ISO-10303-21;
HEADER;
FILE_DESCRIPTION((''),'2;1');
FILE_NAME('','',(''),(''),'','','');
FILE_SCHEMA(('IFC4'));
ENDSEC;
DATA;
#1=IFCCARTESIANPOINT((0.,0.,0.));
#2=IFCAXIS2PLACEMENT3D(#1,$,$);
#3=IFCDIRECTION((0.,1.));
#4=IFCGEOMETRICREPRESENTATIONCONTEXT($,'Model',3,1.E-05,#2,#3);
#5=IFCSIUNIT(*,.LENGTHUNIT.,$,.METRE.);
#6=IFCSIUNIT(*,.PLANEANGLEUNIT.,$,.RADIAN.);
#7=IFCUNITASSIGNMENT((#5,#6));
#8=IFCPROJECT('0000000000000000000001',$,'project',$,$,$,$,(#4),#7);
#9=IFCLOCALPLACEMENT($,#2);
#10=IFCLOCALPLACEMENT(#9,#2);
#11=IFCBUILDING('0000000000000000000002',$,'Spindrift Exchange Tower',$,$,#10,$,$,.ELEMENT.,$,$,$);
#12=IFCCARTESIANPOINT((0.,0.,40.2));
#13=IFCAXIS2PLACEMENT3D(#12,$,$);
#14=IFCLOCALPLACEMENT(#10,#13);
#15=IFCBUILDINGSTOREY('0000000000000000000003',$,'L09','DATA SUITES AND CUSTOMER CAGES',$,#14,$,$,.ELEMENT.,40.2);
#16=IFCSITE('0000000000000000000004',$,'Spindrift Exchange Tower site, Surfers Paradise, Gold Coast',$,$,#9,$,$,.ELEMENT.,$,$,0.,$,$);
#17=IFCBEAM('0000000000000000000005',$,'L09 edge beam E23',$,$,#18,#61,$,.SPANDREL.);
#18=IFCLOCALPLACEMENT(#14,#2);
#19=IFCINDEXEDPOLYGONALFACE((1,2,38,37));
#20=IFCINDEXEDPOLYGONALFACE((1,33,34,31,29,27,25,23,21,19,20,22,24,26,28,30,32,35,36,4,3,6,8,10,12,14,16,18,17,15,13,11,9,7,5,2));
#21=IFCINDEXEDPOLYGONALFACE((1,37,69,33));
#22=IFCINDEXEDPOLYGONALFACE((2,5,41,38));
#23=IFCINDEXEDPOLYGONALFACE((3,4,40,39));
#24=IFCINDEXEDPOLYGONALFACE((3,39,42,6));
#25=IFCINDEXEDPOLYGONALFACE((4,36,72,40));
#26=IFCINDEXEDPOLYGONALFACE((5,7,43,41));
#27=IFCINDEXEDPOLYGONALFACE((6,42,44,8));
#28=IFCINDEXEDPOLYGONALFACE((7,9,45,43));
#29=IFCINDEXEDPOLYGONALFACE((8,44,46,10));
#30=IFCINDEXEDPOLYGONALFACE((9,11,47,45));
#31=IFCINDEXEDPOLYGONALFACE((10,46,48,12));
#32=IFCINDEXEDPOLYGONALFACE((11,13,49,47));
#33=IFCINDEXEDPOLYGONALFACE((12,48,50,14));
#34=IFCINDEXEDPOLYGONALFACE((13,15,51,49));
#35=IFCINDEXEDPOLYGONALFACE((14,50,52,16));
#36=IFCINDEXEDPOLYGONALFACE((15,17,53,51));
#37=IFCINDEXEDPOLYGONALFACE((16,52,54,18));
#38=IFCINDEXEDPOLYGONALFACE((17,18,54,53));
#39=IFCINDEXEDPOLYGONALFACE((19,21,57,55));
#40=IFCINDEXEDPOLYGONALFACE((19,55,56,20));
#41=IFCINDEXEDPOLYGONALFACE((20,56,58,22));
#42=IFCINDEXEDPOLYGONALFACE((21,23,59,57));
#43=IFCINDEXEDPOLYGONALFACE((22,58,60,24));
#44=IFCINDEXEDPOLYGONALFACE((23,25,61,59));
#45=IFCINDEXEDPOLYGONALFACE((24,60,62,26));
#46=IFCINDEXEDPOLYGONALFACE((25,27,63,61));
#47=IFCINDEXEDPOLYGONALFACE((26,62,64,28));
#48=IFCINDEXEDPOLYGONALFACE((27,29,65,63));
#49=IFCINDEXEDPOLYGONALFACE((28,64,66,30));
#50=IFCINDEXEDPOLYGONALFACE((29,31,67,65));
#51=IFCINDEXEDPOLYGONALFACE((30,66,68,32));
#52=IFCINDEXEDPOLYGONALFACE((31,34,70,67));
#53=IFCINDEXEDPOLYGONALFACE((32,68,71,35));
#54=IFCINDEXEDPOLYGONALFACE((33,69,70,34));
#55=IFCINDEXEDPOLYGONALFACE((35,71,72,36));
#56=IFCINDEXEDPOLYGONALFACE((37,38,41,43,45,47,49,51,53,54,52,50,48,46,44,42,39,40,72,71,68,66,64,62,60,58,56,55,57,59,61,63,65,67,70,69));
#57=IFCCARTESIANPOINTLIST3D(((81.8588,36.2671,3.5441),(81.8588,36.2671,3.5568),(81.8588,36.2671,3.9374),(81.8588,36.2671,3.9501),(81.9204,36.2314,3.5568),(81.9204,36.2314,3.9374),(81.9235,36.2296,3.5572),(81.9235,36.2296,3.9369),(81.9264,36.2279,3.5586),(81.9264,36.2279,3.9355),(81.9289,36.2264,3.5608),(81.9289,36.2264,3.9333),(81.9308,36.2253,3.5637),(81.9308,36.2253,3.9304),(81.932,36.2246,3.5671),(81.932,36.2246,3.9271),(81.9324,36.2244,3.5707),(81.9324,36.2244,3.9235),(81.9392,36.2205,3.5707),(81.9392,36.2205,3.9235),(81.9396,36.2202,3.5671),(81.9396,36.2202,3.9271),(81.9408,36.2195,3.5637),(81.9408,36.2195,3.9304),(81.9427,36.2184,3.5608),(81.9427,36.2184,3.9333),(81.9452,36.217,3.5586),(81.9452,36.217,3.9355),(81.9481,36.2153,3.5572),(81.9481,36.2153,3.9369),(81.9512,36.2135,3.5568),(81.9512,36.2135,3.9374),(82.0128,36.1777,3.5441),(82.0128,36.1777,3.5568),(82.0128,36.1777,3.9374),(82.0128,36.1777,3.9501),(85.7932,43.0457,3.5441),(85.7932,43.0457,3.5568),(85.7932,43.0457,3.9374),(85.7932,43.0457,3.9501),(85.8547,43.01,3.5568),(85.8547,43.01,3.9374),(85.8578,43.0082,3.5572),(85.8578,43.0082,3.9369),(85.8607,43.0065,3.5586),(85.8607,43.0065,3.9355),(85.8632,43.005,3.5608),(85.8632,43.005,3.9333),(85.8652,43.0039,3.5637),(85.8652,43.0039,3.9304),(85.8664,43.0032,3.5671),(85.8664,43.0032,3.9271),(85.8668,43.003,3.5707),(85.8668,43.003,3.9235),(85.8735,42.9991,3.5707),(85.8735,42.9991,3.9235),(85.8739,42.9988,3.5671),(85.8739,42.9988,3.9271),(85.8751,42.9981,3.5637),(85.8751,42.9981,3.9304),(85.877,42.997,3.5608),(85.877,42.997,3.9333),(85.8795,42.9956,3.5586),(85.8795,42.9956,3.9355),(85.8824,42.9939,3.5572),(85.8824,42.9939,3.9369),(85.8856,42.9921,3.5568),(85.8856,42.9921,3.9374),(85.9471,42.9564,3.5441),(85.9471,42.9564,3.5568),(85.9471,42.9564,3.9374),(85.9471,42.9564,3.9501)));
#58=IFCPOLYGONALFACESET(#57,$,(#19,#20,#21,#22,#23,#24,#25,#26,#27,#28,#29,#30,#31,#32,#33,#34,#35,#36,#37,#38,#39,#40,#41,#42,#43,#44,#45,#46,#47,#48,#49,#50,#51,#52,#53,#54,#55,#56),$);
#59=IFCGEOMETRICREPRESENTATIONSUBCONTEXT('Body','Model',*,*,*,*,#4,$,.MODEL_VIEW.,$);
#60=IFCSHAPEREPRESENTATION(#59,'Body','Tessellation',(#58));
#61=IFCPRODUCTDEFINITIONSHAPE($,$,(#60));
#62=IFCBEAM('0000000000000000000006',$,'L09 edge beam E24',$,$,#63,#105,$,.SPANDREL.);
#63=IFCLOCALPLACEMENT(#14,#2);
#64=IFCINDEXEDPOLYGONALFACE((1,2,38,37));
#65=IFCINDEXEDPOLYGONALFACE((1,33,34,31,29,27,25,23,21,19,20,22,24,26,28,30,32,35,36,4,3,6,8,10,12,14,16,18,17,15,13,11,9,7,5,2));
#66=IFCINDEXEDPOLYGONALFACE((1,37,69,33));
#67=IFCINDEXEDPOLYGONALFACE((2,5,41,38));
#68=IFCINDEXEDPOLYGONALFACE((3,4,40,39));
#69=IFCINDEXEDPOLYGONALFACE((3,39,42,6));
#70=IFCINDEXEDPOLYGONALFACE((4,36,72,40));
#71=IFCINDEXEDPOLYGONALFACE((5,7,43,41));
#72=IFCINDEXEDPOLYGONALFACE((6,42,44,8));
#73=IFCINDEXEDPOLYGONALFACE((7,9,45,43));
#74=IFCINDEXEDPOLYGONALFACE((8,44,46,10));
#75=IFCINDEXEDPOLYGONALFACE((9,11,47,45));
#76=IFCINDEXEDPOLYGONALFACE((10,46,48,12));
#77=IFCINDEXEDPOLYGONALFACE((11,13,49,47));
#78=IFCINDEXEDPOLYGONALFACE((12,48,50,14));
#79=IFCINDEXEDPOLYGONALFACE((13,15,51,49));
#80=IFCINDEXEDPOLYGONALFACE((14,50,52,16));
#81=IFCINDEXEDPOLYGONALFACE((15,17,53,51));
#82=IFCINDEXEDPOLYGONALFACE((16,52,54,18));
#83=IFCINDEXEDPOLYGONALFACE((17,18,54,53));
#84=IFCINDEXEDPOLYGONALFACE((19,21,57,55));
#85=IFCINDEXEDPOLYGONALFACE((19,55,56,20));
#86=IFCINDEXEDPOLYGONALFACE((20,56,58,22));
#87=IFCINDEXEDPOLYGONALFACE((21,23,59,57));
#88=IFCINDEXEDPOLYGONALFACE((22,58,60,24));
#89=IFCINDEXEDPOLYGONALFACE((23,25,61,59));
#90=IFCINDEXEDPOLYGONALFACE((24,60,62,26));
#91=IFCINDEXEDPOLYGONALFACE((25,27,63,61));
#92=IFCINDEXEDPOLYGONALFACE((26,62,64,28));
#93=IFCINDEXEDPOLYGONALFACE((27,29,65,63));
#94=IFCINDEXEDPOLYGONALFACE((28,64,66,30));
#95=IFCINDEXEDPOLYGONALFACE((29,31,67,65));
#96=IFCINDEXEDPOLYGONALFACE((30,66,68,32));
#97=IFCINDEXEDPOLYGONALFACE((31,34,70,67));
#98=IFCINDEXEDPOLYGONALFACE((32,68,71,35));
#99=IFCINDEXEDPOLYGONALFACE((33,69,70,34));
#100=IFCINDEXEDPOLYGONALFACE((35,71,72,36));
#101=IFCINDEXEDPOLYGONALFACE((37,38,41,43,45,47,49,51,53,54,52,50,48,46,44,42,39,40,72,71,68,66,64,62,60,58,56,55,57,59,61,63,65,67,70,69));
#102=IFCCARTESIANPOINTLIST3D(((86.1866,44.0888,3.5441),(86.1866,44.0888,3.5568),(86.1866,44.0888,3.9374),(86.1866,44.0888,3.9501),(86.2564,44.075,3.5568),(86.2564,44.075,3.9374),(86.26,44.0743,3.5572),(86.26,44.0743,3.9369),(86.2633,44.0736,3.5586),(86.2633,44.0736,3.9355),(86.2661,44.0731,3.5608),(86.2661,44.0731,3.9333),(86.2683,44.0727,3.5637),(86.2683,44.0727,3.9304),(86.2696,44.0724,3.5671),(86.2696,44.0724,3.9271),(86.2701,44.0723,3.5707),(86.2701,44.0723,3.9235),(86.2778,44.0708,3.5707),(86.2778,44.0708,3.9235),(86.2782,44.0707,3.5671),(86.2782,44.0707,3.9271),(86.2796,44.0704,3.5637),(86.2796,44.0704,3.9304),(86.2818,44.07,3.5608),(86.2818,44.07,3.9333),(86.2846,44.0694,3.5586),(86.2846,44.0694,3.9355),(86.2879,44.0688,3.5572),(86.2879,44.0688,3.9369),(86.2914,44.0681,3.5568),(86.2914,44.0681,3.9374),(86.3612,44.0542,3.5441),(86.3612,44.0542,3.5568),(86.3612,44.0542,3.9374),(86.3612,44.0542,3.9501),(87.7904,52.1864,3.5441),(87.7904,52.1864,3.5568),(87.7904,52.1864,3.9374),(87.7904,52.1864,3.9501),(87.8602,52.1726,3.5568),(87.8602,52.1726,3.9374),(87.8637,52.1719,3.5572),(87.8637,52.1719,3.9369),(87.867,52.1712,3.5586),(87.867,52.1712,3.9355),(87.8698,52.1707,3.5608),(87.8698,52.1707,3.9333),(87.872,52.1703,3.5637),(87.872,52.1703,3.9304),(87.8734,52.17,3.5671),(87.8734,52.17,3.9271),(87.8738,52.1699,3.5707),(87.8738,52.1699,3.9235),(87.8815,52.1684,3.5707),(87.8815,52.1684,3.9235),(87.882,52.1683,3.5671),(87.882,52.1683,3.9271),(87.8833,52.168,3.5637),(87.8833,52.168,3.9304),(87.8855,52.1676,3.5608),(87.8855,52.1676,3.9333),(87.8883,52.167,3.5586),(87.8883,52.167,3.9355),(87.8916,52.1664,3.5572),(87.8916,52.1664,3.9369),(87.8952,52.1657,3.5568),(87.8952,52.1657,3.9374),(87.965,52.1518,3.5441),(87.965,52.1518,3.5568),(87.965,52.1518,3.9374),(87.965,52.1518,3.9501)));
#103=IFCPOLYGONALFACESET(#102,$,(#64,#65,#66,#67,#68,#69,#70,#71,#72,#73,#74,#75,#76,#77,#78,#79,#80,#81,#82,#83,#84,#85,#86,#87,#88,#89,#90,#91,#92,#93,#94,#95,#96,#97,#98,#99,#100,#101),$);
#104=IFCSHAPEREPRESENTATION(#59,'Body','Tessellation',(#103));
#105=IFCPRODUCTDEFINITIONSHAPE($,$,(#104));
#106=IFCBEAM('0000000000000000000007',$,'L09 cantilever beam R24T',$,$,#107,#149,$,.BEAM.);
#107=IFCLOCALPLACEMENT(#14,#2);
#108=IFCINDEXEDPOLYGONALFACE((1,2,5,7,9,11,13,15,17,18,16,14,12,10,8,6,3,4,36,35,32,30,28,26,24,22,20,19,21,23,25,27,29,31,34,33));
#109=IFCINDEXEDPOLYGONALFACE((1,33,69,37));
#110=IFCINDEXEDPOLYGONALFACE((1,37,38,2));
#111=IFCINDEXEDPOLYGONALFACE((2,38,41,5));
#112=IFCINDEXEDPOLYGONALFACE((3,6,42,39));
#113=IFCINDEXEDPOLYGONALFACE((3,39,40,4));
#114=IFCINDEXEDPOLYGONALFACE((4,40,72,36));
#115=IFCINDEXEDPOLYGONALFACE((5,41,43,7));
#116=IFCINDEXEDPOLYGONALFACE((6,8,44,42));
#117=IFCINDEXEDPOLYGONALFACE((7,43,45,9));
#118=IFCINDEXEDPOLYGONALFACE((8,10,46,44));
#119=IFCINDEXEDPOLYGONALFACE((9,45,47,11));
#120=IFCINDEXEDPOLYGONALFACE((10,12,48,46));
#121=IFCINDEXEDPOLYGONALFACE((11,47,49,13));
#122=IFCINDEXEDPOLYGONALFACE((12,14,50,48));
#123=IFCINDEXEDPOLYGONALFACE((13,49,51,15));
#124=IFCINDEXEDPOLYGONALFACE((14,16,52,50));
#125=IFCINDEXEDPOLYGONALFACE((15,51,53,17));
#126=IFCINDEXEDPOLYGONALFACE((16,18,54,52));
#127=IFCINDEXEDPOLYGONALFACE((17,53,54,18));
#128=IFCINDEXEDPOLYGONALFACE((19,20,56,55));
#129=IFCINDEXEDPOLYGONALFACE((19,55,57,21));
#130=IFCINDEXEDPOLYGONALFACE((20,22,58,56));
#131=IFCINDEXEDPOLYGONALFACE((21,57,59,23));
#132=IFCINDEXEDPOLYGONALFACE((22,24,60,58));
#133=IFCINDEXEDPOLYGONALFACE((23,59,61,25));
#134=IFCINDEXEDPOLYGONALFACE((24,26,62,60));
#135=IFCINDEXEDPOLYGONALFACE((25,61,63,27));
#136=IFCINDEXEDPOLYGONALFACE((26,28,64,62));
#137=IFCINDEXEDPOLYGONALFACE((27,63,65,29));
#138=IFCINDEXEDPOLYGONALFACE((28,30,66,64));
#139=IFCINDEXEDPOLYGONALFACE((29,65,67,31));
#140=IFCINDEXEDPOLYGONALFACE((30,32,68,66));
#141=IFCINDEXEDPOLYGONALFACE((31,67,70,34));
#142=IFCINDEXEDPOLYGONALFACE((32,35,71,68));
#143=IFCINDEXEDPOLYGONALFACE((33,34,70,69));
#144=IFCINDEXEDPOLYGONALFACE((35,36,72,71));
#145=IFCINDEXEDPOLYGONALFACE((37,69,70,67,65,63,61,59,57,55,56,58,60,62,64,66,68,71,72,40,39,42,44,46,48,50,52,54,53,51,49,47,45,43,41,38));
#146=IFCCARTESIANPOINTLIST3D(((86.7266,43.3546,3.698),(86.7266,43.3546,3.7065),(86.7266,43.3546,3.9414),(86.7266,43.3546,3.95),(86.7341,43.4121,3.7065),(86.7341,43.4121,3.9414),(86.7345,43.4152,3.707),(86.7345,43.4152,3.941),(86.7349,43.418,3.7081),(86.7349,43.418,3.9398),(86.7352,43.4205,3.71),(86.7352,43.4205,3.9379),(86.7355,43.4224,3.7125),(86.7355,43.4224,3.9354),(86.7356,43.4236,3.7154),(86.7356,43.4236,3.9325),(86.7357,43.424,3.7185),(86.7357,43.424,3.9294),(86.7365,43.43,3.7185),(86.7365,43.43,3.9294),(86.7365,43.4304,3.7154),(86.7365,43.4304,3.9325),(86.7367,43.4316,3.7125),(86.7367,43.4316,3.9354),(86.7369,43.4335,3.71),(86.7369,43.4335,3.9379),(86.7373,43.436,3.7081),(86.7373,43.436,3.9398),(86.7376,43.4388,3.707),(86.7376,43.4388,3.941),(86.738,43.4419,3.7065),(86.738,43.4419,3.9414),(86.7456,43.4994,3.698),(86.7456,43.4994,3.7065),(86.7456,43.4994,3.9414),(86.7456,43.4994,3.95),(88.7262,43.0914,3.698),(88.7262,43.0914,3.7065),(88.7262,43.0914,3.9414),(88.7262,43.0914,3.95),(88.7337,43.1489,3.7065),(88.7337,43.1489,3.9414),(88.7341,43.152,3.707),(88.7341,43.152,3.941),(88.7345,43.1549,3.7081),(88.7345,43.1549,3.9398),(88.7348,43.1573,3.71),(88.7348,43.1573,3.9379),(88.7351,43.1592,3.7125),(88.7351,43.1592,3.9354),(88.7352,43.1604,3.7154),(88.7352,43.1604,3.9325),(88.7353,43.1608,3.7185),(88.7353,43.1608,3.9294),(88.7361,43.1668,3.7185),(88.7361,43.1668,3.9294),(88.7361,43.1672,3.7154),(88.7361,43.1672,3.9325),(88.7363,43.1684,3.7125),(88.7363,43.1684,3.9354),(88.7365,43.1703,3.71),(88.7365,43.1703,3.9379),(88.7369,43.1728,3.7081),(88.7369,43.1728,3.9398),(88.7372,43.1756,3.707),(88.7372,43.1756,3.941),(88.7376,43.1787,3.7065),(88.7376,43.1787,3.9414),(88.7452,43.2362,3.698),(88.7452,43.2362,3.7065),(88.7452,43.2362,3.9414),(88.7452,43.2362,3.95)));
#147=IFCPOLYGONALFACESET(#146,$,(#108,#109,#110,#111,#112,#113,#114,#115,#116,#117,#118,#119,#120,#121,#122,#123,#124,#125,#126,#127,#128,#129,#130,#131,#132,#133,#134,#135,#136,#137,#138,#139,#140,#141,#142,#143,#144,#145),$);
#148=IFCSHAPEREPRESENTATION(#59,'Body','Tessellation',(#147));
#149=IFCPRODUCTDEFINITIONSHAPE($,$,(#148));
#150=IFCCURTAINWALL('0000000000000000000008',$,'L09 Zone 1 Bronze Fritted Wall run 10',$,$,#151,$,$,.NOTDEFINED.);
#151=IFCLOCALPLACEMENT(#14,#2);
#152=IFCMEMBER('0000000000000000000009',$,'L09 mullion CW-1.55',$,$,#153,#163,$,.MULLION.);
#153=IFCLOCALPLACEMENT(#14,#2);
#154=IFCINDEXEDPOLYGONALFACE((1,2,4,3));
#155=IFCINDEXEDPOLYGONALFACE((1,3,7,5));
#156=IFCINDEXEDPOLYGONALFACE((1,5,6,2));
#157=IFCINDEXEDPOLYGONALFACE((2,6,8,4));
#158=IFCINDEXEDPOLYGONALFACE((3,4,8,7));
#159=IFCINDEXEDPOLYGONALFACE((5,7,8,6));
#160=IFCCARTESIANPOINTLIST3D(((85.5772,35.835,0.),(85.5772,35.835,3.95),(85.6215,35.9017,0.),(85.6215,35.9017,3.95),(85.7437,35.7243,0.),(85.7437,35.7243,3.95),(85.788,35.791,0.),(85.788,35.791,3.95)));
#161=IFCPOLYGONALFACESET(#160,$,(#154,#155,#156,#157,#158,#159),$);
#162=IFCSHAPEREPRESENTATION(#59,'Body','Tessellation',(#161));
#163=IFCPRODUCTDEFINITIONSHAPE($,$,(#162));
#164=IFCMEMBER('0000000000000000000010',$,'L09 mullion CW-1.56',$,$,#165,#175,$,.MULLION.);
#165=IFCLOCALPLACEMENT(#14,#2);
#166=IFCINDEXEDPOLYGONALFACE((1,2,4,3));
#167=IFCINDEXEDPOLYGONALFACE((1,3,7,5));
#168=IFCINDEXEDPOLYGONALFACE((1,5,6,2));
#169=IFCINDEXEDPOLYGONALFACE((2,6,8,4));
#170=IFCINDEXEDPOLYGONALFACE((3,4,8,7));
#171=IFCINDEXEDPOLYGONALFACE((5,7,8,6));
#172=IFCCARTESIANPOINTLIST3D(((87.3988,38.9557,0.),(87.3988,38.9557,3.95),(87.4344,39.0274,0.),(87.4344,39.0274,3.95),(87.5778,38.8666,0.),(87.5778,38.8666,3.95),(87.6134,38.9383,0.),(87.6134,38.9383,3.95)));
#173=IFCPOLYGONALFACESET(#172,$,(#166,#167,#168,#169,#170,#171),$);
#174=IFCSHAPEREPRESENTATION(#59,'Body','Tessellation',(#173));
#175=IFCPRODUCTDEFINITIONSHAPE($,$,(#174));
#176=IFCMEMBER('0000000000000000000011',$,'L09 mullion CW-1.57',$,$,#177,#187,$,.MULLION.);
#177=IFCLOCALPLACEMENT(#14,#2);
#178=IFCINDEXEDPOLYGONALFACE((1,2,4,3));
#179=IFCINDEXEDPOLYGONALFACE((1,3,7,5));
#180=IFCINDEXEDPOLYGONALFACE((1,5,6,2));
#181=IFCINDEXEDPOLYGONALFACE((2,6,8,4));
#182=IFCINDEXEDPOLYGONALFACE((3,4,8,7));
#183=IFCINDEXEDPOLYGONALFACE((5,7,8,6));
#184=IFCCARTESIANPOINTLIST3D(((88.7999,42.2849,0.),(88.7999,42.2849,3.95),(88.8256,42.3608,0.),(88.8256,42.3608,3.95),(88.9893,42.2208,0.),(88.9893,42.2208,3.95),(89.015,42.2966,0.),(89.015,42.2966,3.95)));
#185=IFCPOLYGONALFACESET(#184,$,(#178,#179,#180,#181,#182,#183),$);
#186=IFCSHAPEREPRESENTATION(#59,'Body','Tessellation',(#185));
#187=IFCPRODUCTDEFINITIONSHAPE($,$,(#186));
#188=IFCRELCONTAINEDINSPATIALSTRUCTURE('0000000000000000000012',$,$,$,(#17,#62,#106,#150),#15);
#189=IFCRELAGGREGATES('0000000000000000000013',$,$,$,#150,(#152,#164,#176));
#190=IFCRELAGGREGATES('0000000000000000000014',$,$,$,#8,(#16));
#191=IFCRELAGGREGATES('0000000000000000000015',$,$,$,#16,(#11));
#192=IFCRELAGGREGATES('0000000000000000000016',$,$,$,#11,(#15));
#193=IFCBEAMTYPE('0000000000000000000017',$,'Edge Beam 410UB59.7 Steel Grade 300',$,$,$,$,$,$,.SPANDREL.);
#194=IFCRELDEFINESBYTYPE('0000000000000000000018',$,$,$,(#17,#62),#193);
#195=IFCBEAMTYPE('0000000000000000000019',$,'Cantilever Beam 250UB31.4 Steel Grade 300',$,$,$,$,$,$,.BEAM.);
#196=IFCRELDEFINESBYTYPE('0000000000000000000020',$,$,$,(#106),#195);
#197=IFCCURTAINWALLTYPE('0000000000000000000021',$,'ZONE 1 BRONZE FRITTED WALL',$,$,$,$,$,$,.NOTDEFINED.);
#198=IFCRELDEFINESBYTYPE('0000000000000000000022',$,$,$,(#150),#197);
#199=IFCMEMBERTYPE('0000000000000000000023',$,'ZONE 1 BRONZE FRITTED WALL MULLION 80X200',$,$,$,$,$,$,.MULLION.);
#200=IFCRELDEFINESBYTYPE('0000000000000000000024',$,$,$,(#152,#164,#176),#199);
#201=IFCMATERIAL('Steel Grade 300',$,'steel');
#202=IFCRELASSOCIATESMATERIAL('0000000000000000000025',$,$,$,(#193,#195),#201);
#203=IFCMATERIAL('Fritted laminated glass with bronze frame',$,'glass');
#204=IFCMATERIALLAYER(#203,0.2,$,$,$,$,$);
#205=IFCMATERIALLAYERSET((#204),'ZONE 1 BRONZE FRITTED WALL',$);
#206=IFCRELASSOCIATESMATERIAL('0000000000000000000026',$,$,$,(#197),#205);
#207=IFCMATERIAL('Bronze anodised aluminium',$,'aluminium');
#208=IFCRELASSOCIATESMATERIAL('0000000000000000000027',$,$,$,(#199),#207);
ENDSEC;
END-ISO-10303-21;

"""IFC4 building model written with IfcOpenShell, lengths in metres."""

from ifc_helpers import new_model, si_unit, direction, frame, origin, origin_2d, place, context, subcontext, project, spatial, rectangle, i_section, extrude, source, transform, mapped, material, layer, layer_set, material_profile, profile_set, type_object, element, aggregate, save


model = new_model("IFC4")

# Units and contexts
model_context = context("Model", 3, precision=1e-05, world=origin(), true_north=direction((0.0, 1.0)))
body_context = subcontext(model_context, "Body", "Model", "MODEL_VIEW")
ifc_project = project(units=[si_unit("LENGTHUNIT", "METRE"), si_unit("PLANEANGLEUNIT", "RADIAN")], contexts=[model_context])

# Site, building, storey
site_placement = place(None, origin())
site = spatial("IfcSite", under=ifc_project, at=site_placement, Name="Spindrift Exchange Tower site, Surfers Paradise, Gold Coast", CompositionType="ELEMENT", RefElevation=0.0)
building_placement = place(site_placement, origin())
building = spatial("IfcBuilding", under=site, at=building_placement, Name="Spindrift Exchange Tower", CompositionType="ELEMENT")
storey_placement = place(building_placement, frame((0.0, 0.0, 40.2)))
storey = spatial("IfcBuildingStorey", under=building, at=storey_placement, Name="L09", Description="DATA SUITES AND CUSTOMER CAGES", CompositionType="ELEMENT", Elevation=40.2)

# Beams
ifc_material_1 = material(Name="Steel Grade 300", Category="steel")
ifc_material_profile_1 = material_profile(ifc_material_1, i_section(OverallWidth=0.178, OverallDepth=0.406, WebThickness=0.0078, FlangeThickness=0.0127, FilletRadius=0.0139, at=origin_2d()), Name="410UB59.7")
ifc_profile_set_1 = profile_set([ifc_material_profile_1], Name="Steel Grade 300")
beam_type_1 = type_object("IfcBeamType", Name="Edge Beam 410UB59.7 Steel Grade 300", PredefinedType="SPANDREL", material=ifc_profile_set_1)
shared_shape_1 = source(origin(), body_context, "Body", "SweptSolid", [
    extrude(i_section(OverallWidth=0.178, OverallDepth=0.406, WebThickness=0.0078, FlangeThickness=0.0127, FilletRadius=0.0139, at=origin_2d()), origin(), (0.0, 0.0, 1.0), 7.8376),
])
beam_1_placement = place(storey_placement, frame((81.9358, 36.2224, 3.7471), z_axis=(0.501981, 0.864878, 0.0), x_axis=(-0.864878, 0.501981, 0.0)))
element("IfcBeam", 1, at=beam_1_placement, inside=storey, type_object=beam_type_1, Name="L09 edge beam E23", PredefinedType="SPANDREL", context=body_context, shape_type="MappedRepresentation", body=[
    mapped(shared_shape_1, transform((0.0, 0.0, 0.0), scale=1.0)),
])
shared_shape_2 = source(origin(), body_context, "Body", "SweptSolid", [
    extrude(i_section(OverallWidth=0.178, OverallDepth=0.406, WebThickness=0.0078, FlangeThickness=0.0127, FilletRadius=0.0139, at=origin_2d()), origin(), (0.0, 0.0, 1.0), 8.2549),
])
beam_2_placement = place(storey_placement, frame((86.2739, 44.0715, 3.7471), z_axis=(0.194279, 0.980946, 0.0), x_axis=(-0.980946, 0.194279, 0.0)))
element("IfcBeam", 2, at=beam_2_placement, inside=storey, type_object=beam_type_1, Name="L09 edge beam E24", PredefinedType="SPANDREL", context=body_context, shape_type="MappedRepresentation", body=[
    mapped(shared_shape_2, transform((0.0, 0.0, 0.0), scale=1.0)),
])
ifc_material_profile_2 = material_profile(ifc_material_1, i_section(OverallWidth=0.146, OverallDepth=0.252, WebThickness=0.0061, FlangeThickness=0.0085, FilletRadius=0.012, at=origin_2d()), Name="250UB31.4")
ifc_profile_set_2 = profile_set([ifc_material_profile_2], Name="Steel Grade 300")
beam_type_2 = type_object("IfcBeamType", Name="Cantilever Beam 250UB31.4 Steel Grade 300", PredefinedType="BEAM", material=ifc_profile_set_2)
shared_shape_3 = source(origin(), body_context, "Body", "SweptSolid", [
    extrude(i_section(OverallWidth=0.146, OverallDepth=0.252, WebThickness=0.0061, FlangeThickness=0.0085, FilletRadius=0.012, at=origin_2d()), origin(), (0.0, 0.0, 1.0), 2.0168),
])
beam_3_placement = place(storey_placement, frame((86.7361, 43.427, 3.824), z_axis=(0.991449, -0.130498, 0.0), x_axis=(0.130498, 0.991449, 0.0)))
element("IfcBeam", 3, at=beam_3_placement, inside=storey, type_object=beam_type_2, Name="L09 cantilever beam R24T", PredefinedType="BEAM", context=body_context, shape_type="MappedRepresentation", body=[
    mapped(shared_shape_3, transform((0.0, 0.0, 0.0), scale=1.0)),
])

# Curtain wall, members
ifc_material_2 = material(Name="Fritted laminated glass with bronze frame", Category="glass")
ifc_layer_1 = layer(ifc_material_2, 0.2)
ifc_layer_set_1 = layer_set([ifc_layer_1], Name="ZONE 1 BRONZE FRITTED WALL")
curtain_wall_type = type_object("IfcCurtainWallType", Name="ZONE 1 BRONZE FRITTED WALL", PredefinedType="NOTDEFINED", material=ifc_layer_set_1)
curtain_wall_placement = place(storey_placement, origin())
curtain_wall = element("IfcCurtainWall", 4, at=curtain_wall_placement, inside=storey, type_object=curtain_wall_type, Name="L09 Zone 1 Bronze Fritted Wall run 10", PredefinedType="NOTDEFINED")
ifc_material_3 = material(Name="Bronze anodised aluminium", Category="aluminium")
ifc_material_profile_3 = material_profile(ifc_material_3, rectangle(XDim=0.0801, YDim=0.2, at=origin_2d()), Name="ZONE 1 BRONZE FRITTED WALL MULLION 80X200")
ifc_profile_set_3 = profile_set([ifc_material_profile_3], Name="Bronze anodised aluminium")
member_type_1 = type_object("IfcMemberType", Name="ZONE 1 BRONZE FRITTED WALL MULLION 80X200", PredefinedType="MULLION", material=ifc_profile_set_3)
shared_shape_4 = source(origin(), body_context, "Body", "SweptSolid", [
    extrude(rectangle(XDim=0.0801, YDim=0.2, at=origin_2d()), origin(), (0.0, 0.0, 1.0), 3.95),
])
member_1_placement = place(storey_placement, frame((85.6826, 35.813, 0.0), z_axis=(0.0, 0.0, 1.0), x_axis=(0.553578, 0.832797, 0.0)))
member_1 = element("IfcMember", 5, at=member_1_placement, type_object=member_type_1, Name="L09 mullion CW-1.55", PredefinedType="MULLION", context=body_context, shape_type="MappedRepresentation", body=[
    mapped(shared_shape_4, transform((0.0, 0.0, 0.0), scale=1.0)),
])
member_2_placement = place(storey_placement, frame((87.5061, 38.947, 0.0), z_axis=(0.0, 0.0, 1.0), x_axis=(0.445656, 0.895204, 0.0)))
member_2 = element("IfcMember", 6, at=member_2_placement, type_object=member_type_1, Name="L09 mullion CW-1.56", PredefinedType="MULLION", context=body_context, shape_type="MappedRepresentation", body=[
    mapped(shared_shape_4, transform((0.0, 0.0, 0.0), scale=1.0)),
])
member_3_placement = place(storey_placement, frame((88.9075, 42.2908, 0.0), z_axis=(0.0, 0.0, 1.0), x_axis=(0.320621, 0.947208, 0.0)))
member_3 = element("IfcMember", 7, at=member_3_placement, type_object=member_type_1, Name="L09 mullion CW-1.57", PredefinedType="MULLION", context=body_context, shape_type="MappedRepresentation", body=[
    mapped(shared_shape_4, transform((0.0, 0.0, 0.0), scale=1.0)),
])
aggregate(curtain_wall, [member_1, member_2, member_3])

save(model, "model.ifc")
